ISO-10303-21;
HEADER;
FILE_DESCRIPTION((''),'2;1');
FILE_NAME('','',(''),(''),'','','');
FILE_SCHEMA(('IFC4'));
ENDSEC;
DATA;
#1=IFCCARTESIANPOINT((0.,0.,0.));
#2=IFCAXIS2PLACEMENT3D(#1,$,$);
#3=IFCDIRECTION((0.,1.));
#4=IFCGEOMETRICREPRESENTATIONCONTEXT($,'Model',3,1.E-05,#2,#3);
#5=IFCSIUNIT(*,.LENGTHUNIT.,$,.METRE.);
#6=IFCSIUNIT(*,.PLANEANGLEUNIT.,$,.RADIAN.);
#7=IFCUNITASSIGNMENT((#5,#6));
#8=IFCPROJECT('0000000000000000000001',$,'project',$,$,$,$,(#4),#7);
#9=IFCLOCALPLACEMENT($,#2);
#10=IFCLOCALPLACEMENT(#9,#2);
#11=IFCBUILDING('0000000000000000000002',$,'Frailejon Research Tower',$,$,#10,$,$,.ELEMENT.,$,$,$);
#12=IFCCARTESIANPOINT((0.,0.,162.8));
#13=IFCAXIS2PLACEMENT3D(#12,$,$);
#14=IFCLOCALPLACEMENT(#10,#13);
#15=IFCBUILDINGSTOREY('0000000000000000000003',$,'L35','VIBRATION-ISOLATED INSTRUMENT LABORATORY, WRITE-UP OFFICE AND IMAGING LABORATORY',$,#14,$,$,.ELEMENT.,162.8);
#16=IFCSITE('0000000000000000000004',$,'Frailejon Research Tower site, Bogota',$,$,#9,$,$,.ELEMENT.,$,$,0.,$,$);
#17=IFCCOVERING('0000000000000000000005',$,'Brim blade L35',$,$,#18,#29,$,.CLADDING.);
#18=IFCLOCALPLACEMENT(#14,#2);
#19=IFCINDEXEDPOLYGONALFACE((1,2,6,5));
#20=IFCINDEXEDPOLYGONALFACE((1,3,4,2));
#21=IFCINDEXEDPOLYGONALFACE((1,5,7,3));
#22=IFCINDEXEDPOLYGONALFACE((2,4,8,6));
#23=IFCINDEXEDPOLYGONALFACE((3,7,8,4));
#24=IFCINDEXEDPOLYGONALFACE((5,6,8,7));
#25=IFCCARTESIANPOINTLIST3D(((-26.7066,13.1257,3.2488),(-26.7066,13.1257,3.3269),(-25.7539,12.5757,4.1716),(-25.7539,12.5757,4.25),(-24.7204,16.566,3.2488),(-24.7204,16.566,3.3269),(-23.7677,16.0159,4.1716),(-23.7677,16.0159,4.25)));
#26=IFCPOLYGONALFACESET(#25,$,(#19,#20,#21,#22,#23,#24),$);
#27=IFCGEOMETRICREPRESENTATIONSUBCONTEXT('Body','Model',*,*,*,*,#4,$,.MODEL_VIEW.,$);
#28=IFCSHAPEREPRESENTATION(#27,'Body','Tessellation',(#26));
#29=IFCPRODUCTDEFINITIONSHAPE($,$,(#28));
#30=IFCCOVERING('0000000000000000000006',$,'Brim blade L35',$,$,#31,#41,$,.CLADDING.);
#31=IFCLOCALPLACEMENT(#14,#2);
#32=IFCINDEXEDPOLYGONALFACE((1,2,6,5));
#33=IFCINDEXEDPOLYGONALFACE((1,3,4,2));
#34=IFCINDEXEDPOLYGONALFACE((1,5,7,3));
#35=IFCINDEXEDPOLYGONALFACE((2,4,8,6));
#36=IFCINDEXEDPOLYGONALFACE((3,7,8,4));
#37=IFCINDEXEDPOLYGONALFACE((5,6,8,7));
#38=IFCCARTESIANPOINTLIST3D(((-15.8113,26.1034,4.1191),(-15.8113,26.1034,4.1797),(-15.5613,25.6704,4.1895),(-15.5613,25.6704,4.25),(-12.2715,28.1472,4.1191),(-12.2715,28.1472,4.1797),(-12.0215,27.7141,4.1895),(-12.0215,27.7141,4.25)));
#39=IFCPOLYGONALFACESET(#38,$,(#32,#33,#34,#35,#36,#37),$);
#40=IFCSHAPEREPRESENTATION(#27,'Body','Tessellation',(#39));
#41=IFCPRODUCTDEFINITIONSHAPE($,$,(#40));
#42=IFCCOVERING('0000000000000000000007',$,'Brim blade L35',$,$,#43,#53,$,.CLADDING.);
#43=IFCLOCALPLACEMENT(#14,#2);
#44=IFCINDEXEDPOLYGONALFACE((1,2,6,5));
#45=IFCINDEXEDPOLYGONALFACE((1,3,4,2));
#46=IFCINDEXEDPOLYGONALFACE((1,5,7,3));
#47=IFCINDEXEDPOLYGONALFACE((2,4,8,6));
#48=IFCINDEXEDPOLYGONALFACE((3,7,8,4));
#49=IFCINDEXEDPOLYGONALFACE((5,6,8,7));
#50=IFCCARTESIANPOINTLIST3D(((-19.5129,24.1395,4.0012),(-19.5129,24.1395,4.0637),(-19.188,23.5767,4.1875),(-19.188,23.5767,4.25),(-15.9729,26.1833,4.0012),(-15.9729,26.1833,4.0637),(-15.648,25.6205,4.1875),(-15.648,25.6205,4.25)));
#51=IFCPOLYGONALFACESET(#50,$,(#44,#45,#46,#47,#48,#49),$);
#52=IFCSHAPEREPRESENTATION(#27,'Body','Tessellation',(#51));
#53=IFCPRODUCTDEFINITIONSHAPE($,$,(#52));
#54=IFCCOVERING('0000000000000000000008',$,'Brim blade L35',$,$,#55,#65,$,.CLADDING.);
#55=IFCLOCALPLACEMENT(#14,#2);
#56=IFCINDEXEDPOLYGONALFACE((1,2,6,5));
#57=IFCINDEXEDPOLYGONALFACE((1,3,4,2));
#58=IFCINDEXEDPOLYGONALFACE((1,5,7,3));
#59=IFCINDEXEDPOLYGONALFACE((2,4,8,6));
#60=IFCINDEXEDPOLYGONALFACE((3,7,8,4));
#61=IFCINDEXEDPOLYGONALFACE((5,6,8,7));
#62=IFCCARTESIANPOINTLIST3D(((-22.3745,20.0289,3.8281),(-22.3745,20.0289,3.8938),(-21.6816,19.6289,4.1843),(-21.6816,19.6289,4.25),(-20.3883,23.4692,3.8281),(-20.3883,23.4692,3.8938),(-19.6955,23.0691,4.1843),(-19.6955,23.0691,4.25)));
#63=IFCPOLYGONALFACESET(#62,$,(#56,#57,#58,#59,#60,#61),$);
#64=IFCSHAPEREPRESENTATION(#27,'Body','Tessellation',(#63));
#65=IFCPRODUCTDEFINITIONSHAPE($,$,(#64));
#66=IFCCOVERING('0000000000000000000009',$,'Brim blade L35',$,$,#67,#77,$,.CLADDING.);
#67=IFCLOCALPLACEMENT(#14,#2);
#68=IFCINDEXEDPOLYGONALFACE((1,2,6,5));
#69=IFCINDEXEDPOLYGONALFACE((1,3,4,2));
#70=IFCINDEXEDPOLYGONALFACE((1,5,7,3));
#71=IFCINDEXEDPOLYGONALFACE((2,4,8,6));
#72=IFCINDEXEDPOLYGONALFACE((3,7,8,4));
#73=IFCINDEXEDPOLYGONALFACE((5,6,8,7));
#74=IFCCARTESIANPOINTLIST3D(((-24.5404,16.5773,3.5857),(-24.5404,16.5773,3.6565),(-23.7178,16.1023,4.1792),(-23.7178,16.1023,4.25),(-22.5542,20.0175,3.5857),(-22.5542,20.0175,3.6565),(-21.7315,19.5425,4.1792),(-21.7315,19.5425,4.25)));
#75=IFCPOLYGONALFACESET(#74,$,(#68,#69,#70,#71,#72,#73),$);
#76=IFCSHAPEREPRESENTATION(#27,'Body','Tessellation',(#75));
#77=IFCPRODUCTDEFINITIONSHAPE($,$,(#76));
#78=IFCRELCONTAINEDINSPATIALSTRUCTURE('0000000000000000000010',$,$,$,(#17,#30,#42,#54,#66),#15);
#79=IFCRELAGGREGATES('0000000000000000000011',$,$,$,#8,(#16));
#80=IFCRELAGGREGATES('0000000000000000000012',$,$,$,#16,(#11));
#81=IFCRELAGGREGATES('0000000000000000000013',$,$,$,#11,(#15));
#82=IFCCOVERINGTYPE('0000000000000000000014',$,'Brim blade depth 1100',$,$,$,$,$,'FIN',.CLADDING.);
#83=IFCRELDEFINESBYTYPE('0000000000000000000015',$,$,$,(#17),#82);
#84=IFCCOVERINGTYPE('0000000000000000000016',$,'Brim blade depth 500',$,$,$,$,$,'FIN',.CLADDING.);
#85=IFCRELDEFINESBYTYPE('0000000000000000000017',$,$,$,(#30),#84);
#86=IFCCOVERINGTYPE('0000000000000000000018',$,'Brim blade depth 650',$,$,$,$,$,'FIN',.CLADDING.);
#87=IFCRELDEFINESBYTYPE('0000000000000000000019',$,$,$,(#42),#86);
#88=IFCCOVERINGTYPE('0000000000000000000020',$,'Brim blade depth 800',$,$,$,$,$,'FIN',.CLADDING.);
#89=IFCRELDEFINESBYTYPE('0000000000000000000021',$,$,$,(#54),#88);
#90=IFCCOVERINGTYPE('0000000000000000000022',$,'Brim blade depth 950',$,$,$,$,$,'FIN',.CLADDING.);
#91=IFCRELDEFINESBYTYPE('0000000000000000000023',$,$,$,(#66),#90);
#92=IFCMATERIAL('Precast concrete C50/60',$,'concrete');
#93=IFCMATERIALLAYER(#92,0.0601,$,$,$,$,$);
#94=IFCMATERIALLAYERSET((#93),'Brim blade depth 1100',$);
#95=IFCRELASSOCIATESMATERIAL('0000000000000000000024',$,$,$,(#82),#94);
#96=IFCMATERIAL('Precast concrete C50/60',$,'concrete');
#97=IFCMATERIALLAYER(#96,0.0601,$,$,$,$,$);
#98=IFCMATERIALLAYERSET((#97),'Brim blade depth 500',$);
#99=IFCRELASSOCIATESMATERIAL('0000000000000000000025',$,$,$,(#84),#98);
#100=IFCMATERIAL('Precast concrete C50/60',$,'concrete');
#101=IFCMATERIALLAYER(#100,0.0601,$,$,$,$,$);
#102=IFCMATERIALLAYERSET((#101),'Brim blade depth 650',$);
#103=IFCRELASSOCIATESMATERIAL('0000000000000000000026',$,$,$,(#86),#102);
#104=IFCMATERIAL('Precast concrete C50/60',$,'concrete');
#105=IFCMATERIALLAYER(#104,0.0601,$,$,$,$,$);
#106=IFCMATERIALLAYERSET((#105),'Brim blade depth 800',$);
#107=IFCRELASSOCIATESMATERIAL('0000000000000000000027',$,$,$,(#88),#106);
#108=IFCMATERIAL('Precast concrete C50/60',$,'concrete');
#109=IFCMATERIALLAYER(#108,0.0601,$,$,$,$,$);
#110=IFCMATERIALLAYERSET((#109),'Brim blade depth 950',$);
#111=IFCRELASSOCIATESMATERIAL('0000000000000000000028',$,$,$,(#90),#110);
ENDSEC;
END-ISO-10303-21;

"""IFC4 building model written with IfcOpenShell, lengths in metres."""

from ifc_helpers import new_model, si_unit, direction, frame, origin, place, context, subcontext, project, spatial, polyline, outline, extrude, material, layer, layer_set, type_object, element, save


model = new_model("IFC4")

# Units and contexts
model_context = context("Model", 3, precision=1e-05, world=origin(), true_north=direction((0.0, 1.0)))
body_context = subcontext(model_context, "Body", "Model", "MODEL_VIEW")
ifc_project = project(units=[si_unit("LENGTHUNIT", "METRE"), si_unit("PLANEANGLEUNIT", "RADIAN")], contexts=[model_context])

# Site, building, storey
site_placement = place(None, origin())
site = spatial("IfcSite", under=ifc_project, at=site_placement, Name="Frailejon Research Tower site, Bogota", CompositionType="ELEMENT", RefElevation=0.0)
building_placement = place(site_placement, origin())
building = spatial("IfcBuilding", under=site, at=building_placement, Name="Frailejon Research Tower", CompositionType="ELEMENT")
storey_placement = place(building_placement, frame((0.0, 0.0, 162.8)))
storey = spatial("IfcBuildingStorey", under=building, at=storey_placement, Name="L35", Description="VIBRATION-ISOLATED INSTRUMENT LABORATORY, WRITE-UP OFFICE AND IMAGING LABORATORY", CompositionType="ELEMENT", Elevation=162.8)

# Coverings
ifc_material_1 = material(Name="Precast concrete C50/60", Category="concrete")
ifc_layer_1 = layer(ifc_material_1, 0.0601)
ifc_layer_set_1 = layer_set([ifc_layer_1], Name="Brim blade depth 1100")
covering_type_1 = type_object("IfcCoveringType", Name="Brim blade depth 1100", ElementType="FIN", PredefinedType="CLADDING", material=ifc_layer_set_1)
covering_1_placement = place(storey_placement, frame((-25.7539, 12.5757, 4.25), z_axis=(0.499992, 0.86603, 0.0), x_axis=(-0.86603, 0.499992, 0.0)))
element("IfcCovering", 1, at=covering_1_placement, inside=storey, type_object=covering_type_1, Name="Brim blade L35", PredefinedType="CLADDING", context=body_context, shape_type="SweptSolid", body=[
    extrude(outline(polyline([(0.0, -0.0784), (1.1001, -1.0012), (1.1001, -0.9231), (0.0, 0.0), (0.0, -0.0784)])), origin(), (0.0, 0.0, 1.0), 3.9724),
])
ifc_material_2 = material(Name="Precast concrete C50/60", Category="concrete")
ifc_layer_2 = layer(ifc_material_2, 0.0601)
ifc_layer_set_2 = layer_set([ifc_layer_2], Name="Brim blade depth 500")
covering_type_2 = type_object("IfcCoveringType", Name="Brim blade depth 500", ElementType="FIN", PredefinedType="CLADDING", material=ifc_layer_set_2)
covering_2_placement = place(storey_placement, frame((-15.5613, 25.6704, 4.25), z_axis=(0.866021, 0.500007, 0.0), x_axis=(-0.500007, 0.866021, 0.0)))
element("IfcCovering", 2, at=covering_2_placement, inside=storey, type_object=covering_type_2, Name="Brim blade L35", PredefinedType="CLADDING", context=body_context, shape_type="SweptSolid", body=[
    extrude(outline(polyline([(0.0, -0.0605), (0.5, -0.1309), (0.5, -0.0703), (0.0, 0.0), (0.0, -0.0605)])), origin(), (0.0, 0.0, 1.0), 4.0874),
])
ifc_material_3 = material(Name="Precast concrete C50/60", Category="concrete")
ifc_layer_3 = layer(ifc_material_3, 0.0601)
ifc_layer_set_3 = layer_set([ifc_layer_3], Name="Brim blade depth 650")
covering_type_3 = type_object("IfcCoveringType", Name="Brim blade depth 650", ElementType="FIN", PredefinedType="CLADDING", material=ifc_layer_set_3)
covering_3_placement = place(storey_placement, frame((-19.188, 23.5767, 4.25), z_axis=(0.866027, 0.499997, 0.0), x_axis=(-0.499997, 0.866027, 0.0)))
element("IfcCovering", 3, at=covering_3_placement, inside=storey, type_object=covering_type_3, Name="Brim blade L35", PredefinedType="CLADDING", context=body_context, shape_type="SweptSolid", body=[
    extrude(outline(polyline([(0.0, -0.0625), (0.6499, -0.2488), (0.6499, -0.1863), (0.0, 0.0), (0.0, -0.0625)])), origin(), (0.0, 0.0, 1.0), 4.0876),
])
ifc_material_4 = material(Name="Precast concrete C50/60", Category="concrete")
ifc_layer_4 = layer(ifc_material_4, 0.0601)
ifc_layer_set_4 = layer_set([ifc_layer_4], Name="Brim blade depth 800")
covering_type_4 = type_object("IfcCoveringType", Name="Brim blade depth 800", ElementType="FIN", PredefinedType="CLADDING", material=ifc_layer_set_4)
covering_4_placement = place(storey_placement, frame((-21.6816, 19.6289, 4.25), z_axis=(0.499992, 0.86603, 0.0), x_axis=(-0.86603, 0.499992, 0.0)))
element("IfcCovering", 4, at=covering_4_placement, inside=storey, type_object=covering_type_4, Name="Brim blade L35", PredefinedType="CLADDING", context=body_context, shape_type="SweptSolid", body=[
    extrude(outline(polyline([(0.0, -0.0657), (0.8, -0.4219), (0.8, -0.3562), (0.0, 0.0), (0.0, -0.0657)])), origin(), (0.0, 0.0, 1.0), 3.9724),
])
ifc_material_5 = material(Name="Precast concrete C50/60", Category="concrete")
ifc_layer_5 = layer(ifc_material_5, 0.0601)
ifc_layer_set_5 = layer_set([ifc_layer_5], Name="Brim blade depth 950")
covering_type_5 = type_object("IfcCoveringType", Name="Brim blade depth 950", ElementType="FIN", PredefinedType="CLADDING", material=ifc_layer_set_5)
covering_5_placement = place(storey_placement, frame((-23.7178, 16.1023, 4.25), z_axis=(0.500011, 0.866019, 0.0), x_axis=(-0.866019, 0.500011, 0.0)))
element("IfcCovering", 5, at=covering_5_placement, inside=storey, type_object=covering_type_5, Name="Brim blade L35", PredefinedType="CLADDING", context=body_context, shape_type="SweptSolid", body=[
    extrude(outline(polyline([(0.0, -0.0708), (0.95, -0.6643), (0.95, -0.5935), (0.0, 0.0), (0.0, -0.0708)])), origin(), (0.0, 0.0, 1.0), 3.9724),
])

save(model, "model.ifc")
